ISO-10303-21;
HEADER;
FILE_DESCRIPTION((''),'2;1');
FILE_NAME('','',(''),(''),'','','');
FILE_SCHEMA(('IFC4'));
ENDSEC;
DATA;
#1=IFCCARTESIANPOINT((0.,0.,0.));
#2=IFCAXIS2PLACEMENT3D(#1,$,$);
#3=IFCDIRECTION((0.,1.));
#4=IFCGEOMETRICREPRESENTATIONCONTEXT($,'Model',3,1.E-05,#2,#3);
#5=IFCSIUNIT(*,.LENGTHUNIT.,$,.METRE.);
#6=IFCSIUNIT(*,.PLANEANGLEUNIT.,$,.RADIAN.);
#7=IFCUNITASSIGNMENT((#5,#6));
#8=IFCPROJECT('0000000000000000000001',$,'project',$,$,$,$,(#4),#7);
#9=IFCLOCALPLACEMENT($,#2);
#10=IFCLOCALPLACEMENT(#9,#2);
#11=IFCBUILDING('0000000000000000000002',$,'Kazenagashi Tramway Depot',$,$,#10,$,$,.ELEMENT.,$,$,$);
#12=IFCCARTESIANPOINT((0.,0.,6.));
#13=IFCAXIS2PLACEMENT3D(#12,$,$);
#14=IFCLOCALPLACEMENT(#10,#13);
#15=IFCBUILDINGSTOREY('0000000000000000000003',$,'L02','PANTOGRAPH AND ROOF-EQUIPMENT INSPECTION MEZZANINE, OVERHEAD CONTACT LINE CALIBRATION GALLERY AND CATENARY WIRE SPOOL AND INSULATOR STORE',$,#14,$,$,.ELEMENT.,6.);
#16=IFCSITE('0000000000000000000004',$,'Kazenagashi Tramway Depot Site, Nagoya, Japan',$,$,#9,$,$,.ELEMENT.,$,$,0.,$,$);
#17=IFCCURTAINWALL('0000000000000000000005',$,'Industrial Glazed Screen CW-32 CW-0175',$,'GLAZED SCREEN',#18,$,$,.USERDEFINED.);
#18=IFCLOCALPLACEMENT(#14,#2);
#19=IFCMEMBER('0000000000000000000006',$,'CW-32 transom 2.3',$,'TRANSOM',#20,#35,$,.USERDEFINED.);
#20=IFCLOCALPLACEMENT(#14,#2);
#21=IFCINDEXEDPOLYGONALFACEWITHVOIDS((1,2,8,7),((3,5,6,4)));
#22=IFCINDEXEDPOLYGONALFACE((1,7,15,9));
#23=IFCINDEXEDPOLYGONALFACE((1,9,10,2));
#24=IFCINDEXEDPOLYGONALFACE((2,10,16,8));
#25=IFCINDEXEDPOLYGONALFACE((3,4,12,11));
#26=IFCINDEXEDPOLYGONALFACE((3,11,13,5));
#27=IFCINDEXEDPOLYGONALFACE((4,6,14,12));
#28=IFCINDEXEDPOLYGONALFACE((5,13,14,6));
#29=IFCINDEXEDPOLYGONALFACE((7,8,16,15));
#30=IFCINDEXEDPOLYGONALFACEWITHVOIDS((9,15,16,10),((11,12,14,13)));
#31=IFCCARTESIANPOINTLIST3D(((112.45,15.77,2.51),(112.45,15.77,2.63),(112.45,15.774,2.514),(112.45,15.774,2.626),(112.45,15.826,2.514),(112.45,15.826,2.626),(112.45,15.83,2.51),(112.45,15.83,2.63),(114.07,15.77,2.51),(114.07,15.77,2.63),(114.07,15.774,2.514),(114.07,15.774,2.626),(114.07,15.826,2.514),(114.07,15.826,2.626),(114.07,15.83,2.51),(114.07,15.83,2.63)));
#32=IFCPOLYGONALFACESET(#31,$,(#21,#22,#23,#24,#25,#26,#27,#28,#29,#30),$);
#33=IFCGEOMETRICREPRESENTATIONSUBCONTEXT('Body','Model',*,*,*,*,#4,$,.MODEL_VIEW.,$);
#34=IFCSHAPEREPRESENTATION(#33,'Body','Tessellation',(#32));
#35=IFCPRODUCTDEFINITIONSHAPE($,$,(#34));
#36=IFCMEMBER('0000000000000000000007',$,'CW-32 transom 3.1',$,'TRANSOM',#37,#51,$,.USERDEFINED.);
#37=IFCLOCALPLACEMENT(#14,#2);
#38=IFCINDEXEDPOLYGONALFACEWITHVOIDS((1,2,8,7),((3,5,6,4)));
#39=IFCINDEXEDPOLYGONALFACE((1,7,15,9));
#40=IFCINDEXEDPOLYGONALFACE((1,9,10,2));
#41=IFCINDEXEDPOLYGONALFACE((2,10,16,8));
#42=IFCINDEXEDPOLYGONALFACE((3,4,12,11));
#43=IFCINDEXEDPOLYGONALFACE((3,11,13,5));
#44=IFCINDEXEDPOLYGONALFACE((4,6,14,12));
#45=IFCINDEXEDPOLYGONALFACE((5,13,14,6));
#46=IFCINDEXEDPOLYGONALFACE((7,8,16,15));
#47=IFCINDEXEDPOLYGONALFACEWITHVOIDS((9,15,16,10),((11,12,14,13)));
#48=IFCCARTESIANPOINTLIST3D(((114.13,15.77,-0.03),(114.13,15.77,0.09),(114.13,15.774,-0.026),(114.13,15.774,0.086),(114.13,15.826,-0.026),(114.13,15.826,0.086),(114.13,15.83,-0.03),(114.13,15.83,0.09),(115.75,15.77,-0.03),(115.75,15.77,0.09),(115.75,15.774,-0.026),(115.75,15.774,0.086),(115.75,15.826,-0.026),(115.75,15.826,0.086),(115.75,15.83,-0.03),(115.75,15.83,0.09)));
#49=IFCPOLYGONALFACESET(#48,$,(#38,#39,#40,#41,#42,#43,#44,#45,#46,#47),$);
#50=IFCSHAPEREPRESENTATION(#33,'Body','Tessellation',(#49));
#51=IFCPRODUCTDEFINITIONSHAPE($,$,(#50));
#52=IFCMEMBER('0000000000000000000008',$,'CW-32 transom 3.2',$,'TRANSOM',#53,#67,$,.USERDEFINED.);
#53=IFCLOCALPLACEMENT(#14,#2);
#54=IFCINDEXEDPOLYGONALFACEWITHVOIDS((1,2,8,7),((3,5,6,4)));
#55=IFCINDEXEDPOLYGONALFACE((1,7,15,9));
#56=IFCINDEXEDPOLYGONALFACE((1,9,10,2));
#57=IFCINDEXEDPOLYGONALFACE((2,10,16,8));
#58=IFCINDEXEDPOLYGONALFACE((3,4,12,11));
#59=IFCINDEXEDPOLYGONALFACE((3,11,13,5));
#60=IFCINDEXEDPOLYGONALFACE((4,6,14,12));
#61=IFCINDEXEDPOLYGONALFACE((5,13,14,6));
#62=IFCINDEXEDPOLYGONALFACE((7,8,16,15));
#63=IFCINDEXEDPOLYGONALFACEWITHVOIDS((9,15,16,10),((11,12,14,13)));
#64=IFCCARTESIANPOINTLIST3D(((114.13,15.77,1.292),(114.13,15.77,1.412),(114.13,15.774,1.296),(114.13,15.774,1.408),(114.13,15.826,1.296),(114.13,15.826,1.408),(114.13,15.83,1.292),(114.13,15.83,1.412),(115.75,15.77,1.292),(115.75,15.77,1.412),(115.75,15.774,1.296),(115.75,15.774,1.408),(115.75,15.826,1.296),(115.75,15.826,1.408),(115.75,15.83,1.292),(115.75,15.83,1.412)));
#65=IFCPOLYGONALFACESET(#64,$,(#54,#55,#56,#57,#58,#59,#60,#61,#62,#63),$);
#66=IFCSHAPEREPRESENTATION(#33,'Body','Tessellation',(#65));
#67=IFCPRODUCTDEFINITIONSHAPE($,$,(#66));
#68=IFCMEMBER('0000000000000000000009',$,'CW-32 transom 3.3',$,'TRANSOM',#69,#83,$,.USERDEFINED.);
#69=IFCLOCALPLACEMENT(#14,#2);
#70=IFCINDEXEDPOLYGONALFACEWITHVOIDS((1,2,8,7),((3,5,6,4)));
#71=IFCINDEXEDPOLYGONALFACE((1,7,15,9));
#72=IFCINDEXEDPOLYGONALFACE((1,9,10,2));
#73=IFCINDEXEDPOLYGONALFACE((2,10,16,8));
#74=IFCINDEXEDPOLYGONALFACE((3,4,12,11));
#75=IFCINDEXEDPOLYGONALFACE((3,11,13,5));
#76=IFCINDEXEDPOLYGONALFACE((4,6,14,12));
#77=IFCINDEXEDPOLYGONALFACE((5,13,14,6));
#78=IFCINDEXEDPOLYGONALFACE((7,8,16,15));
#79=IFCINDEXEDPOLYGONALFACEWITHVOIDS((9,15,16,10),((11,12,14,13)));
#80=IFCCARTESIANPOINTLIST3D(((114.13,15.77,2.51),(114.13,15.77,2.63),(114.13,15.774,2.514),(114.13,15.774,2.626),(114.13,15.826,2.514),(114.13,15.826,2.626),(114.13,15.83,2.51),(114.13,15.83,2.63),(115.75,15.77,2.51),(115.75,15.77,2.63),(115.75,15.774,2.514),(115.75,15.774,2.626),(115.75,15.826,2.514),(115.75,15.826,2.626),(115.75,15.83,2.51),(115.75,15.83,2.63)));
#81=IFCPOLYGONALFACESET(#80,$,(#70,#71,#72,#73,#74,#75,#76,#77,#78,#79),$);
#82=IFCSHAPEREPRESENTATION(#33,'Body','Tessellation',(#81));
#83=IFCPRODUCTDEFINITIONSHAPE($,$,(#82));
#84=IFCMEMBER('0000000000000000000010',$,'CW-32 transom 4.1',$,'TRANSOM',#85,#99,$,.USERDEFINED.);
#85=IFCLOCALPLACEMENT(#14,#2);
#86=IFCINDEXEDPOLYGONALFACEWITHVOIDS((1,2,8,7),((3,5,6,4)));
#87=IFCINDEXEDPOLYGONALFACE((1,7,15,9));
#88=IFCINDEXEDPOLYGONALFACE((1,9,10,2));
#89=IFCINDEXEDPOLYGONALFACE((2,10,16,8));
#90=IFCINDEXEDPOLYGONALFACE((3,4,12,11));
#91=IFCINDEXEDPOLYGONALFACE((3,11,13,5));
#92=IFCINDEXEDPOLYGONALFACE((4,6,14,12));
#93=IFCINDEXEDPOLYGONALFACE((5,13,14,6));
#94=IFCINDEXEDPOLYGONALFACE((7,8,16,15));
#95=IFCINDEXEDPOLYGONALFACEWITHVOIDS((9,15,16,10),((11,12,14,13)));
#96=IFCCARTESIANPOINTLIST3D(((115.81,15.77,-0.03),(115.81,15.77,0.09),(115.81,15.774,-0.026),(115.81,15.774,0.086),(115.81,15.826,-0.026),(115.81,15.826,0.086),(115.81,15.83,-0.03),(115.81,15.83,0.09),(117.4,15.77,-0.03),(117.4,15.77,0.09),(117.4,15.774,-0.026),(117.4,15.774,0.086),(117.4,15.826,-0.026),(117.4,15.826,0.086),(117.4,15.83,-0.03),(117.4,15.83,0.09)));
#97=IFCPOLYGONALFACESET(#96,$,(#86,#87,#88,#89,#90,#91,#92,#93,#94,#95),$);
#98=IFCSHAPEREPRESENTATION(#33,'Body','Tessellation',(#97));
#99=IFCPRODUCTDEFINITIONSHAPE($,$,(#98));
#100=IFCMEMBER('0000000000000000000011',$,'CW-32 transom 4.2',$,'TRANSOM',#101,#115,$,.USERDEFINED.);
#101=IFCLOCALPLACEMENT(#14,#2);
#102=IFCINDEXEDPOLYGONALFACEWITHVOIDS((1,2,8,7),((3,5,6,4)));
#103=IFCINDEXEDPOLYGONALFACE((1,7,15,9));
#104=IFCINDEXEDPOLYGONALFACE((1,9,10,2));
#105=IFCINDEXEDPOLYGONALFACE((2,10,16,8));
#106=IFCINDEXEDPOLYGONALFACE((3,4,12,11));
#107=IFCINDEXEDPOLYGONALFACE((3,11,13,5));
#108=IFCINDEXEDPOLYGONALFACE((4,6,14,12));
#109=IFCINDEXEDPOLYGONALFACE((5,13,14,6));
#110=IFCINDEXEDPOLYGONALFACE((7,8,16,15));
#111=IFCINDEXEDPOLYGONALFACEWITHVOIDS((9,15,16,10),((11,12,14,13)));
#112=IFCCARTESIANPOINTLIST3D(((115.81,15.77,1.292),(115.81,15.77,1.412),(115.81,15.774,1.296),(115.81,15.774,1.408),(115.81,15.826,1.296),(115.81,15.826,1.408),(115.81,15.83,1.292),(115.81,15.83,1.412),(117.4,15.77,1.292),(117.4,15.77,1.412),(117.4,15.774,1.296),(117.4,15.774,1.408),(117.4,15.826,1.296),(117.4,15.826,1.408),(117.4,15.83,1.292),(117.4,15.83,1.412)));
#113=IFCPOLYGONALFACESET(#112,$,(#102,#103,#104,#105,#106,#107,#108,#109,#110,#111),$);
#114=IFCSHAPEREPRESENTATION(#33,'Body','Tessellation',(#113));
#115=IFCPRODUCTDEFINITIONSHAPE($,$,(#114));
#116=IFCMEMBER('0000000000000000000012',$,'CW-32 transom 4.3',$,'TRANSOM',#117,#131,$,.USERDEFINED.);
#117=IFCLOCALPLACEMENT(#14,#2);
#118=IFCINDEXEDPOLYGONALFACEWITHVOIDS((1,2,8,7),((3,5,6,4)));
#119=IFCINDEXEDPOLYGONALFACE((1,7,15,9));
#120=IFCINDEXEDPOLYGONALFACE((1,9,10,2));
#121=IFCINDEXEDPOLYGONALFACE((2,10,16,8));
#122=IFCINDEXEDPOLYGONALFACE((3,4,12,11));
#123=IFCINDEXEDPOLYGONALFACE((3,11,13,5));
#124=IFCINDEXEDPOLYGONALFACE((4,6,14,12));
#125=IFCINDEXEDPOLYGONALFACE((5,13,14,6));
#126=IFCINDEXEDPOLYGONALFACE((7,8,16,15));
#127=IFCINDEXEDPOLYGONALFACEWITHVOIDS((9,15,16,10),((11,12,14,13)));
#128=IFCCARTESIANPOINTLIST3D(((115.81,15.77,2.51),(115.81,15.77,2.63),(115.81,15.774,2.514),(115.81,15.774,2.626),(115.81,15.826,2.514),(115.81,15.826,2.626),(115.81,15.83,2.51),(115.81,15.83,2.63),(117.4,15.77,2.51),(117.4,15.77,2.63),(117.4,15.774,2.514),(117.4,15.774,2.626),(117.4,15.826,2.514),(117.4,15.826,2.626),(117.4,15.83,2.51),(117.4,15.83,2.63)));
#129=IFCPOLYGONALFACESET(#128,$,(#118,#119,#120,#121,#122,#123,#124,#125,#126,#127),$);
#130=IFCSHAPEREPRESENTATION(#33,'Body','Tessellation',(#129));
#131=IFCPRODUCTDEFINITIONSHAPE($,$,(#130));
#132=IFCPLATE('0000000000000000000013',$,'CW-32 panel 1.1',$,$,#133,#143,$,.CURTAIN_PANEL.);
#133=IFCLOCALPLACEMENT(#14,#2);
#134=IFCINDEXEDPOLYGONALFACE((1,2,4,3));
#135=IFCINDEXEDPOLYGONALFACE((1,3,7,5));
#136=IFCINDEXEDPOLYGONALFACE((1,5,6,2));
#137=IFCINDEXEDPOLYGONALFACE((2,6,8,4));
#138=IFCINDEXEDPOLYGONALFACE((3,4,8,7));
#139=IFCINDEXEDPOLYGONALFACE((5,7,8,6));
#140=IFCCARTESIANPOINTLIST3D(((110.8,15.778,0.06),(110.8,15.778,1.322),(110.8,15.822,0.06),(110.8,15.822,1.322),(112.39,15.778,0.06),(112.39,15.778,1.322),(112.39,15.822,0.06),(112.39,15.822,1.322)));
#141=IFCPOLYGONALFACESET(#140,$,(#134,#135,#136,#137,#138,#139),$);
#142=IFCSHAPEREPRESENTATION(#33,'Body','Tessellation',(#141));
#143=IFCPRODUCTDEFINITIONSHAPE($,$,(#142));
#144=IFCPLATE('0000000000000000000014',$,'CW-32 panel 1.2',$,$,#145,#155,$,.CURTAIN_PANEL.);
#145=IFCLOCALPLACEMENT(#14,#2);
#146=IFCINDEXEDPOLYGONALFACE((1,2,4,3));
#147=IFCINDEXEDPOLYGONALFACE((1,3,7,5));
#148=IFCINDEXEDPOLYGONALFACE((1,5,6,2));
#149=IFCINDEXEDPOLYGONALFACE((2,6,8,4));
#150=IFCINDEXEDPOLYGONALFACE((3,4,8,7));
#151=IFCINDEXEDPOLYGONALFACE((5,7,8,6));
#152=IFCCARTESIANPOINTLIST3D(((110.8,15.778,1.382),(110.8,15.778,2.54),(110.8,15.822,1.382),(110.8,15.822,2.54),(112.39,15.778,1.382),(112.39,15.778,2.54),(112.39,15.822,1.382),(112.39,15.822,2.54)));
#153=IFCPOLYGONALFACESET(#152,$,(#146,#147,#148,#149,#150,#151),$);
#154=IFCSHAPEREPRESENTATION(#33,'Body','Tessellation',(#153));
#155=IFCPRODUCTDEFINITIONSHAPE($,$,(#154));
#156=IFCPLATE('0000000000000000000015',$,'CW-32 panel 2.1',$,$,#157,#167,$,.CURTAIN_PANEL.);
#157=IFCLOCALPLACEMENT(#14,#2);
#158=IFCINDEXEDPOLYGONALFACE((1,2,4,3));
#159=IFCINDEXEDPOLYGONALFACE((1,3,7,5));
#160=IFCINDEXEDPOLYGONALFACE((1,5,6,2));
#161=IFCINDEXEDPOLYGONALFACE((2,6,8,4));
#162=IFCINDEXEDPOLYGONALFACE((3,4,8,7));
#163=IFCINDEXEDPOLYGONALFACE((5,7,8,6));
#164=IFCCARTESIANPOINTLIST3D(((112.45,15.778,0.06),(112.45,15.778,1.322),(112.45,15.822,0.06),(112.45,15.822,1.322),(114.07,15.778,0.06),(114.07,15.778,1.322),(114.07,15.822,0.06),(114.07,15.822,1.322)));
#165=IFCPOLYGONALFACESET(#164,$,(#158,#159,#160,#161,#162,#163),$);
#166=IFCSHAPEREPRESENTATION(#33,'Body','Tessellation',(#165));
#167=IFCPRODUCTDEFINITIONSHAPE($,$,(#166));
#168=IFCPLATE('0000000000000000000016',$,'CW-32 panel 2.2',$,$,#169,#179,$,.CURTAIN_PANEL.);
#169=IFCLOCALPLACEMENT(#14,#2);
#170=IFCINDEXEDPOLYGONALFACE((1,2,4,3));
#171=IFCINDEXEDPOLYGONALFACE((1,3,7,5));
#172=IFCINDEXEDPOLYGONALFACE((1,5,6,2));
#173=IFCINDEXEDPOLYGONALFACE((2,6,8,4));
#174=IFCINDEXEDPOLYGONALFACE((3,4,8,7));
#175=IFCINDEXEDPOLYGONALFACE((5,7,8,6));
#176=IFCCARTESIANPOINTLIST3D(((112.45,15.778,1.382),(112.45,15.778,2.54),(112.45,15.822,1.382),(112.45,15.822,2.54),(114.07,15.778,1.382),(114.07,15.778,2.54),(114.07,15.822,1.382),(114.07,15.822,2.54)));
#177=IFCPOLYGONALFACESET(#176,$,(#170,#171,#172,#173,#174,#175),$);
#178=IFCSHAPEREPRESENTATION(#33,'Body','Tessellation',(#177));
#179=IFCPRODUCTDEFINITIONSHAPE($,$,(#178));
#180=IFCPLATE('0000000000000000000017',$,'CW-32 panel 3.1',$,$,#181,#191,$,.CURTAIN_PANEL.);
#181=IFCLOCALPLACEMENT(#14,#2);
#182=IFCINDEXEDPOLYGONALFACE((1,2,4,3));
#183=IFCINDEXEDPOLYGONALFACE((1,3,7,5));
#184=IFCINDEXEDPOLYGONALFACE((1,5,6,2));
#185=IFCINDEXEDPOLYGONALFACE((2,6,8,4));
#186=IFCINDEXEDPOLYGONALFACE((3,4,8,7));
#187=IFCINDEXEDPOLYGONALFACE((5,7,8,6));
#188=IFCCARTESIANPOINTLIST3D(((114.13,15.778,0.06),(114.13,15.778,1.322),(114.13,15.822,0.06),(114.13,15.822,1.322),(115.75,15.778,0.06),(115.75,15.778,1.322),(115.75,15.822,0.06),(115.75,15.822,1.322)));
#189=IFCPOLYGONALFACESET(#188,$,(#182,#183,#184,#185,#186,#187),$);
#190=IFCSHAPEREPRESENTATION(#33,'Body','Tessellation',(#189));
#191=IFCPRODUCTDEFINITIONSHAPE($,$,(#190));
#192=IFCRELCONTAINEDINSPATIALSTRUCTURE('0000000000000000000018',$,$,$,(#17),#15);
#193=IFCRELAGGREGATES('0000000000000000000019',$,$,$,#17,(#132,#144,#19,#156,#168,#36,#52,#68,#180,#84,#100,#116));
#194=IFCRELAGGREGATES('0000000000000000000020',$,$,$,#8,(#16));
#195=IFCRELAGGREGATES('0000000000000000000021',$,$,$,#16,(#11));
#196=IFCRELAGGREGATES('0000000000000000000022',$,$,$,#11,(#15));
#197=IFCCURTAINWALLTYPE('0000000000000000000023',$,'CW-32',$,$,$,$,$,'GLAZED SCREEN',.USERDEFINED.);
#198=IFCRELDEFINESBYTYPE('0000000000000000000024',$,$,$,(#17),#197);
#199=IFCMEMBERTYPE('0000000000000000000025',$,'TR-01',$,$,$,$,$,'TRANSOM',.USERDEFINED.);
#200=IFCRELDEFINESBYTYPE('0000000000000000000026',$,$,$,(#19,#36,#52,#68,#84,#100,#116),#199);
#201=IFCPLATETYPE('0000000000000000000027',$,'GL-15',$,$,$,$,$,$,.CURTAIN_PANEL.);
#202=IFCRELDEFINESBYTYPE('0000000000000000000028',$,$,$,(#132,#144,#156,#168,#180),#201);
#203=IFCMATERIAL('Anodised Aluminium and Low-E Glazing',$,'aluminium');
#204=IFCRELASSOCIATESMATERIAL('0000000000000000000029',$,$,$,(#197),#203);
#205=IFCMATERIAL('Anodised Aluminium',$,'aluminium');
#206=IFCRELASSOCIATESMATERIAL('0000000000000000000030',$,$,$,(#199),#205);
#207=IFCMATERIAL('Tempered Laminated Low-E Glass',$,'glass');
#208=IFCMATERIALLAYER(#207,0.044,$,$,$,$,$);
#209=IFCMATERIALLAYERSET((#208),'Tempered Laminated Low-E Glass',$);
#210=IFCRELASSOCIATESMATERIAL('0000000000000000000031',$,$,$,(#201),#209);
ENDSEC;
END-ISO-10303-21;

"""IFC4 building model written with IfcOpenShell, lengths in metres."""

from ifc_helpers import new_model, si_unit, direction, frame, origin, origin_2d, place, context, subcontext, project, spatial, rectangle, hollow_rectangle, extrude, material, layer, layer_set, material_profile, profile_set, type_object, element, aggregate, save


model = new_model("IFC4")

# Units and contexts
model_context = context("Model", 3, precision=1e-05, world=origin(), true_north=direction((0.0, 1.0)))
body_context = subcontext(model_context, "Body", "Model", "MODEL_VIEW")
ifc_project = project(units=[si_unit("LENGTHUNIT", "METRE"), si_unit("PLANEANGLEUNIT", "RADIAN")], contexts=[model_context])

# Site, building, storey
site_placement = place(None, origin())
site = spatial("IfcSite", under=ifc_project, at=site_placement, Name="Kazenagashi Tramway Depot Site, Nagoya, Japan", CompositionType="ELEMENT", RefElevation=0.0)
building_placement = place(site_placement, origin())
building = spatial("IfcBuilding", under=site, at=building_placement, Name="Kazenagashi Tramway Depot", CompositionType="ELEMENT")
storey_placement = place(building_placement, frame((0.0, 0.0, 6.0)))
storey = spatial("IfcBuildingStorey", under=building, at=storey_placement, Name="L02", Description="PANTOGRAPH AND ROOF-EQUIPMENT INSPECTION MEZZANINE, OVERHEAD CONTACT LINE CALIBRATION GALLERY AND CATENARY WIRE SPOOL AND INSULATOR STORE", CompositionType="ELEMENT", Elevation=6.0)

# Curtain wall
ifc_material_1 = material(Name="Anodised Aluminium and Low-E Glazing", Category="aluminium")
curtain_wall_type = type_object("IfcCurtainWallType", Name="CW-32", ElementType="GLAZED SCREEN", PredefinedType="USERDEFINED", material=ifc_material_1)
curtain_wall_placement = place(storey_placement, origin())
curtain_wall = element("IfcCurtainWall", 1, at=curtain_wall_placement, inside=storey, type_object=curtain_wall_type, Name="Industrial Glazed Screen CW-32 CW-0175", ObjectType="GLAZED SCREEN", PredefinedType="USERDEFINED")
ifc_material_2 = material(Name="Anodised Aluminium", Category="aluminium")

# Members
ifc_material_profile_1 = material_profile(ifc_material_2, hollow_rectangle(XDim=0.06, YDim=0.12, WallThickness=0.004, at=origin_2d()), Name="RHS-120x60x4")
ifc_profile_set_1 = profile_set([ifc_material_profile_1], Name="Anodised Aluminium")
member_type_1 = type_object("IfcMemberType", Name="TR-01", ElementType="TRANSOM", PredefinedType="USERDEFINED", material=ifc_profile_set_1)
member_1_placement = place(storey_placement, frame((112.45, 15.8, 2.57), z_axis=(1.0, 0.0, 0.0), x_axis=(0.0, 1.0, 0.0)))
member_1 = element("IfcMember", 2, at=member_1_placement, type_object=member_type_1, Name="CW-32 transom 2.3", ObjectType="TRANSOM", PredefinedType="USERDEFINED", context=body_context, shape_type="SweptSolid", body=[
    extrude(hollow_rectangle(XDim=0.06, YDim=0.12, WallThickness=0.004, at=origin_2d()), origin(), (0.0, 0.0, 1.0), 1.62),
])
member_2_placement = place(storey_placement, frame((114.13, 15.8, 0.03), z_axis=(1.0, 0.0, 0.0), x_axis=(0.0, 1.0, 0.0)))
member_2 = element("IfcMember", 3, at=member_2_placement, type_object=member_type_1, Name="CW-32 transom 3.1", ObjectType="TRANSOM", PredefinedType="USERDEFINED", context=body_context, shape_type="SweptSolid", body=[
    extrude(hollow_rectangle(XDim=0.06, YDim=0.12, WallThickness=0.004, at=origin_2d()), origin(), (0.0, 0.0, 1.0), 1.62),
])
member_3_placement = place(storey_placement, frame((114.13, 15.8, 1.352), z_axis=(1.0, 0.0, 0.0), x_axis=(0.0, 1.0, 0.0)))
member_3 = element("IfcMember", 4, at=member_3_placement, type_object=member_type_1, Name="CW-32 transom 3.2", ObjectType="TRANSOM", PredefinedType="USERDEFINED", context=body_context, shape_type="SweptSolid", body=[
    extrude(hollow_rectangle(XDim=0.06, YDim=0.12, WallThickness=0.004, at=origin_2d()), origin(), (0.0, 0.0, 1.0), 1.62),
])
member_4_placement = place(storey_placement, frame((114.13, 15.8, 2.57), z_axis=(1.0, 0.0, 0.0), x_axis=(0.0, 1.0, 0.0)))
member_4 = element("IfcMember", 5, at=member_4_placement, type_object=member_type_1, Name="CW-32 transom 3.3", ObjectType="TRANSOM", PredefinedType="USERDEFINED", context=body_context, shape_type="SweptSolid", body=[
    extrude(hollow_rectangle(XDim=0.06, YDim=0.12, WallThickness=0.004, at=origin_2d()), origin(), (0.0, 0.0, 1.0), 1.62),
])
member_5_placement = place(storey_placement, frame((115.81, 15.8, 0.03), z_axis=(1.0, 0.0, 0.0), x_axis=(0.0, 1.0, 0.0)))
member_5 = element("IfcMember", 6, at=member_5_placement, type_object=member_type_1, Name="CW-32 transom 4.1", ObjectType="TRANSOM", PredefinedType="USERDEFINED", context=body_context, shape_type="SweptSolid", body=[
    extrude(hollow_rectangle(XDim=0.06, YDim=0.12, WallThickness=0.004, at=origin_2d()), origin(), (0.0, 0.0, 1.0), 1.59),
])
member_6_placement = place(storey_placement, frame((115.81, 15.8, 1.352), z_axis=(1.0, 0.0, 0.0), x_axis=(0.0, 1.0, 0.0)))
member_6 = element("IfcMember", 7, at=member_6_placement, type_object=member_type_1, Name="CW-32 transom 4.2", ObjectType="TRANSOM", PredefinedType="USERDEFINED", context=body_context, shape_type="SweptSolid", body=[
    extrude(hollow_rectangle(XDim=0.06, YDim=0.12, WallThickness=0.004, at=origin_2d()), origin(), (0.0, 0.0, 1.0), 1.59),
])
member_7_placement = place(storey_placement, frame((115.81, 15.8, 2.57), z_axis=(1.0, 0.0, 0.0), x_axis=(0.0, 1.0, 0.0)))
member_7 = element("IfcMember", 8, at=member_7_placement, type_object=member_type_1, Name="CW-32 transom 4.3", ObjectType="TRANSOM", PredefinedType="USERDEFINED", context=body_context, shape_type="SweptSolid", body=[
    extrude(hollow_rectangle(XDim=0.06, YDim=0.12, WallThickness=0.004, at=origin_2d()), origin(), (0.0, 0.0, 1.0), 1.59),
])

# Plates
ifc_material_3 = material(Name="Tempered Laminated Low-E Glass", Category="glass")
ifc_layer_1 = layer(ifc_material_3, 0.044)
ifc_layer_set_1 = layer_set([ifc_layer_1], Name="Tempered Laminated Low-E Glass")
plate_type = type_object("IfcPlateType", Name="GL-15", PredefinedType="CURTAIN_PANEL", material=ifc_layer_set_1)
plate_1_placement = place(storey_placement, frame((111.595, 15.8, 0.06), z_axis=(0.0, 0.0, 1.0), x_axis=(1.0, 0.0, 0.0)))
plate_1 = element("IfcPlate", 9, at=plate_1_placement, type_object=plate_type, Name="CW-32 panel 1.1", PredefinedType="CURTAIN_PANEL", context=body_context, shape_type="SweptSolid", body=[
    extrude(rectangle(XDim=1.59, YDim=0.044, at=origin_2d()), origin(), (0.0, 0.0, 1.0), 1.262),
])
plate_2_placement = place(storey_placement, frame((111.595, 15.8, 1.382), z_axis=(0.0, 0.0, 1.0), x_axis=(1.0, 0.0, 0.0)))
plate_2 = element("IfcPlate", 10, at=plate_2_placement, type_object=plate_type, Name="CW-32 panel 1.2", PredefinedType="CURTAIN_PANEL", context=body_context, shape_type="SweptSolid", body=[
    extrude(rectangle(XDim=1.59, YDim=0.044, at=origin_2d()), origin(), (0.0, 0.0, 1.0), 1.158),
])
plate_3_placement = place(storey_placement, frame((113.26, 15.8, 0.06), z_axis=(0.0, 0.0, 1.0), x_axis=(1.0, 0.0, 0.0)))
plate_3 = element("IfcPlate", 11, at=plate_3_placement, type_object=plate_type, Name="CW-32 panel 2.1", PredefinedType="CURTAIN_PANEL", context=body_context, shape_type="SweptSolid", body=[
    extrude(rectangle(XDim=1.62, YDim=0.044, at=origin_2d()), origin(), (0.0, 0.0, 1.0), 1.262),
])
plate_4_placement = place(storey_placement, frame((113.26, 15.8, 1.382), z_axis=(0.0, 0.0, 1.0), x_axis=(1.0, 0.0, 0.0)))
plate_4 = element("IfcPlate", 12, at=plate_4_placement, type_object=plate_type, Name="CW-32 panel 2.2", PredefinedType="CURTAIN_PANEL", context=body_context, shape_type="SweptSolid", body=[
    extrude(rectangle(XDim=1.62, YDim=0.044, at=origin_2d()), origin(), (0.0, 0.0, 1.0), 1.158),
])
plate_5_placement = place(storey_placement, frame((114.94, 15.8, 0.06), z_axis=(0.0, 0.0, 1.0), x_axis=(1.0, 0.0, 0.0)))
plate_5 = element("IfcPlate", 13, at=plate_5_placement, type_object=plate_type, Name="CW-32 panel 3.1", PredefinedType="CURTAIN_PANEL", context=body_context, shape_type="SweptSolid", body=[
    extrude(rectangle(XDim=1.62, YDim=0.044, at=origin_2d()), origin(), (0.0, 0.0, 1.0), 1.262),
])
aggregate(curtain_wall, [plate_1, plate_2, member_1, plate_3, plate_4, member_2, member_3, member_4, plate_5, member_5, member_6, member_7])

save(model, "model.ifc")
